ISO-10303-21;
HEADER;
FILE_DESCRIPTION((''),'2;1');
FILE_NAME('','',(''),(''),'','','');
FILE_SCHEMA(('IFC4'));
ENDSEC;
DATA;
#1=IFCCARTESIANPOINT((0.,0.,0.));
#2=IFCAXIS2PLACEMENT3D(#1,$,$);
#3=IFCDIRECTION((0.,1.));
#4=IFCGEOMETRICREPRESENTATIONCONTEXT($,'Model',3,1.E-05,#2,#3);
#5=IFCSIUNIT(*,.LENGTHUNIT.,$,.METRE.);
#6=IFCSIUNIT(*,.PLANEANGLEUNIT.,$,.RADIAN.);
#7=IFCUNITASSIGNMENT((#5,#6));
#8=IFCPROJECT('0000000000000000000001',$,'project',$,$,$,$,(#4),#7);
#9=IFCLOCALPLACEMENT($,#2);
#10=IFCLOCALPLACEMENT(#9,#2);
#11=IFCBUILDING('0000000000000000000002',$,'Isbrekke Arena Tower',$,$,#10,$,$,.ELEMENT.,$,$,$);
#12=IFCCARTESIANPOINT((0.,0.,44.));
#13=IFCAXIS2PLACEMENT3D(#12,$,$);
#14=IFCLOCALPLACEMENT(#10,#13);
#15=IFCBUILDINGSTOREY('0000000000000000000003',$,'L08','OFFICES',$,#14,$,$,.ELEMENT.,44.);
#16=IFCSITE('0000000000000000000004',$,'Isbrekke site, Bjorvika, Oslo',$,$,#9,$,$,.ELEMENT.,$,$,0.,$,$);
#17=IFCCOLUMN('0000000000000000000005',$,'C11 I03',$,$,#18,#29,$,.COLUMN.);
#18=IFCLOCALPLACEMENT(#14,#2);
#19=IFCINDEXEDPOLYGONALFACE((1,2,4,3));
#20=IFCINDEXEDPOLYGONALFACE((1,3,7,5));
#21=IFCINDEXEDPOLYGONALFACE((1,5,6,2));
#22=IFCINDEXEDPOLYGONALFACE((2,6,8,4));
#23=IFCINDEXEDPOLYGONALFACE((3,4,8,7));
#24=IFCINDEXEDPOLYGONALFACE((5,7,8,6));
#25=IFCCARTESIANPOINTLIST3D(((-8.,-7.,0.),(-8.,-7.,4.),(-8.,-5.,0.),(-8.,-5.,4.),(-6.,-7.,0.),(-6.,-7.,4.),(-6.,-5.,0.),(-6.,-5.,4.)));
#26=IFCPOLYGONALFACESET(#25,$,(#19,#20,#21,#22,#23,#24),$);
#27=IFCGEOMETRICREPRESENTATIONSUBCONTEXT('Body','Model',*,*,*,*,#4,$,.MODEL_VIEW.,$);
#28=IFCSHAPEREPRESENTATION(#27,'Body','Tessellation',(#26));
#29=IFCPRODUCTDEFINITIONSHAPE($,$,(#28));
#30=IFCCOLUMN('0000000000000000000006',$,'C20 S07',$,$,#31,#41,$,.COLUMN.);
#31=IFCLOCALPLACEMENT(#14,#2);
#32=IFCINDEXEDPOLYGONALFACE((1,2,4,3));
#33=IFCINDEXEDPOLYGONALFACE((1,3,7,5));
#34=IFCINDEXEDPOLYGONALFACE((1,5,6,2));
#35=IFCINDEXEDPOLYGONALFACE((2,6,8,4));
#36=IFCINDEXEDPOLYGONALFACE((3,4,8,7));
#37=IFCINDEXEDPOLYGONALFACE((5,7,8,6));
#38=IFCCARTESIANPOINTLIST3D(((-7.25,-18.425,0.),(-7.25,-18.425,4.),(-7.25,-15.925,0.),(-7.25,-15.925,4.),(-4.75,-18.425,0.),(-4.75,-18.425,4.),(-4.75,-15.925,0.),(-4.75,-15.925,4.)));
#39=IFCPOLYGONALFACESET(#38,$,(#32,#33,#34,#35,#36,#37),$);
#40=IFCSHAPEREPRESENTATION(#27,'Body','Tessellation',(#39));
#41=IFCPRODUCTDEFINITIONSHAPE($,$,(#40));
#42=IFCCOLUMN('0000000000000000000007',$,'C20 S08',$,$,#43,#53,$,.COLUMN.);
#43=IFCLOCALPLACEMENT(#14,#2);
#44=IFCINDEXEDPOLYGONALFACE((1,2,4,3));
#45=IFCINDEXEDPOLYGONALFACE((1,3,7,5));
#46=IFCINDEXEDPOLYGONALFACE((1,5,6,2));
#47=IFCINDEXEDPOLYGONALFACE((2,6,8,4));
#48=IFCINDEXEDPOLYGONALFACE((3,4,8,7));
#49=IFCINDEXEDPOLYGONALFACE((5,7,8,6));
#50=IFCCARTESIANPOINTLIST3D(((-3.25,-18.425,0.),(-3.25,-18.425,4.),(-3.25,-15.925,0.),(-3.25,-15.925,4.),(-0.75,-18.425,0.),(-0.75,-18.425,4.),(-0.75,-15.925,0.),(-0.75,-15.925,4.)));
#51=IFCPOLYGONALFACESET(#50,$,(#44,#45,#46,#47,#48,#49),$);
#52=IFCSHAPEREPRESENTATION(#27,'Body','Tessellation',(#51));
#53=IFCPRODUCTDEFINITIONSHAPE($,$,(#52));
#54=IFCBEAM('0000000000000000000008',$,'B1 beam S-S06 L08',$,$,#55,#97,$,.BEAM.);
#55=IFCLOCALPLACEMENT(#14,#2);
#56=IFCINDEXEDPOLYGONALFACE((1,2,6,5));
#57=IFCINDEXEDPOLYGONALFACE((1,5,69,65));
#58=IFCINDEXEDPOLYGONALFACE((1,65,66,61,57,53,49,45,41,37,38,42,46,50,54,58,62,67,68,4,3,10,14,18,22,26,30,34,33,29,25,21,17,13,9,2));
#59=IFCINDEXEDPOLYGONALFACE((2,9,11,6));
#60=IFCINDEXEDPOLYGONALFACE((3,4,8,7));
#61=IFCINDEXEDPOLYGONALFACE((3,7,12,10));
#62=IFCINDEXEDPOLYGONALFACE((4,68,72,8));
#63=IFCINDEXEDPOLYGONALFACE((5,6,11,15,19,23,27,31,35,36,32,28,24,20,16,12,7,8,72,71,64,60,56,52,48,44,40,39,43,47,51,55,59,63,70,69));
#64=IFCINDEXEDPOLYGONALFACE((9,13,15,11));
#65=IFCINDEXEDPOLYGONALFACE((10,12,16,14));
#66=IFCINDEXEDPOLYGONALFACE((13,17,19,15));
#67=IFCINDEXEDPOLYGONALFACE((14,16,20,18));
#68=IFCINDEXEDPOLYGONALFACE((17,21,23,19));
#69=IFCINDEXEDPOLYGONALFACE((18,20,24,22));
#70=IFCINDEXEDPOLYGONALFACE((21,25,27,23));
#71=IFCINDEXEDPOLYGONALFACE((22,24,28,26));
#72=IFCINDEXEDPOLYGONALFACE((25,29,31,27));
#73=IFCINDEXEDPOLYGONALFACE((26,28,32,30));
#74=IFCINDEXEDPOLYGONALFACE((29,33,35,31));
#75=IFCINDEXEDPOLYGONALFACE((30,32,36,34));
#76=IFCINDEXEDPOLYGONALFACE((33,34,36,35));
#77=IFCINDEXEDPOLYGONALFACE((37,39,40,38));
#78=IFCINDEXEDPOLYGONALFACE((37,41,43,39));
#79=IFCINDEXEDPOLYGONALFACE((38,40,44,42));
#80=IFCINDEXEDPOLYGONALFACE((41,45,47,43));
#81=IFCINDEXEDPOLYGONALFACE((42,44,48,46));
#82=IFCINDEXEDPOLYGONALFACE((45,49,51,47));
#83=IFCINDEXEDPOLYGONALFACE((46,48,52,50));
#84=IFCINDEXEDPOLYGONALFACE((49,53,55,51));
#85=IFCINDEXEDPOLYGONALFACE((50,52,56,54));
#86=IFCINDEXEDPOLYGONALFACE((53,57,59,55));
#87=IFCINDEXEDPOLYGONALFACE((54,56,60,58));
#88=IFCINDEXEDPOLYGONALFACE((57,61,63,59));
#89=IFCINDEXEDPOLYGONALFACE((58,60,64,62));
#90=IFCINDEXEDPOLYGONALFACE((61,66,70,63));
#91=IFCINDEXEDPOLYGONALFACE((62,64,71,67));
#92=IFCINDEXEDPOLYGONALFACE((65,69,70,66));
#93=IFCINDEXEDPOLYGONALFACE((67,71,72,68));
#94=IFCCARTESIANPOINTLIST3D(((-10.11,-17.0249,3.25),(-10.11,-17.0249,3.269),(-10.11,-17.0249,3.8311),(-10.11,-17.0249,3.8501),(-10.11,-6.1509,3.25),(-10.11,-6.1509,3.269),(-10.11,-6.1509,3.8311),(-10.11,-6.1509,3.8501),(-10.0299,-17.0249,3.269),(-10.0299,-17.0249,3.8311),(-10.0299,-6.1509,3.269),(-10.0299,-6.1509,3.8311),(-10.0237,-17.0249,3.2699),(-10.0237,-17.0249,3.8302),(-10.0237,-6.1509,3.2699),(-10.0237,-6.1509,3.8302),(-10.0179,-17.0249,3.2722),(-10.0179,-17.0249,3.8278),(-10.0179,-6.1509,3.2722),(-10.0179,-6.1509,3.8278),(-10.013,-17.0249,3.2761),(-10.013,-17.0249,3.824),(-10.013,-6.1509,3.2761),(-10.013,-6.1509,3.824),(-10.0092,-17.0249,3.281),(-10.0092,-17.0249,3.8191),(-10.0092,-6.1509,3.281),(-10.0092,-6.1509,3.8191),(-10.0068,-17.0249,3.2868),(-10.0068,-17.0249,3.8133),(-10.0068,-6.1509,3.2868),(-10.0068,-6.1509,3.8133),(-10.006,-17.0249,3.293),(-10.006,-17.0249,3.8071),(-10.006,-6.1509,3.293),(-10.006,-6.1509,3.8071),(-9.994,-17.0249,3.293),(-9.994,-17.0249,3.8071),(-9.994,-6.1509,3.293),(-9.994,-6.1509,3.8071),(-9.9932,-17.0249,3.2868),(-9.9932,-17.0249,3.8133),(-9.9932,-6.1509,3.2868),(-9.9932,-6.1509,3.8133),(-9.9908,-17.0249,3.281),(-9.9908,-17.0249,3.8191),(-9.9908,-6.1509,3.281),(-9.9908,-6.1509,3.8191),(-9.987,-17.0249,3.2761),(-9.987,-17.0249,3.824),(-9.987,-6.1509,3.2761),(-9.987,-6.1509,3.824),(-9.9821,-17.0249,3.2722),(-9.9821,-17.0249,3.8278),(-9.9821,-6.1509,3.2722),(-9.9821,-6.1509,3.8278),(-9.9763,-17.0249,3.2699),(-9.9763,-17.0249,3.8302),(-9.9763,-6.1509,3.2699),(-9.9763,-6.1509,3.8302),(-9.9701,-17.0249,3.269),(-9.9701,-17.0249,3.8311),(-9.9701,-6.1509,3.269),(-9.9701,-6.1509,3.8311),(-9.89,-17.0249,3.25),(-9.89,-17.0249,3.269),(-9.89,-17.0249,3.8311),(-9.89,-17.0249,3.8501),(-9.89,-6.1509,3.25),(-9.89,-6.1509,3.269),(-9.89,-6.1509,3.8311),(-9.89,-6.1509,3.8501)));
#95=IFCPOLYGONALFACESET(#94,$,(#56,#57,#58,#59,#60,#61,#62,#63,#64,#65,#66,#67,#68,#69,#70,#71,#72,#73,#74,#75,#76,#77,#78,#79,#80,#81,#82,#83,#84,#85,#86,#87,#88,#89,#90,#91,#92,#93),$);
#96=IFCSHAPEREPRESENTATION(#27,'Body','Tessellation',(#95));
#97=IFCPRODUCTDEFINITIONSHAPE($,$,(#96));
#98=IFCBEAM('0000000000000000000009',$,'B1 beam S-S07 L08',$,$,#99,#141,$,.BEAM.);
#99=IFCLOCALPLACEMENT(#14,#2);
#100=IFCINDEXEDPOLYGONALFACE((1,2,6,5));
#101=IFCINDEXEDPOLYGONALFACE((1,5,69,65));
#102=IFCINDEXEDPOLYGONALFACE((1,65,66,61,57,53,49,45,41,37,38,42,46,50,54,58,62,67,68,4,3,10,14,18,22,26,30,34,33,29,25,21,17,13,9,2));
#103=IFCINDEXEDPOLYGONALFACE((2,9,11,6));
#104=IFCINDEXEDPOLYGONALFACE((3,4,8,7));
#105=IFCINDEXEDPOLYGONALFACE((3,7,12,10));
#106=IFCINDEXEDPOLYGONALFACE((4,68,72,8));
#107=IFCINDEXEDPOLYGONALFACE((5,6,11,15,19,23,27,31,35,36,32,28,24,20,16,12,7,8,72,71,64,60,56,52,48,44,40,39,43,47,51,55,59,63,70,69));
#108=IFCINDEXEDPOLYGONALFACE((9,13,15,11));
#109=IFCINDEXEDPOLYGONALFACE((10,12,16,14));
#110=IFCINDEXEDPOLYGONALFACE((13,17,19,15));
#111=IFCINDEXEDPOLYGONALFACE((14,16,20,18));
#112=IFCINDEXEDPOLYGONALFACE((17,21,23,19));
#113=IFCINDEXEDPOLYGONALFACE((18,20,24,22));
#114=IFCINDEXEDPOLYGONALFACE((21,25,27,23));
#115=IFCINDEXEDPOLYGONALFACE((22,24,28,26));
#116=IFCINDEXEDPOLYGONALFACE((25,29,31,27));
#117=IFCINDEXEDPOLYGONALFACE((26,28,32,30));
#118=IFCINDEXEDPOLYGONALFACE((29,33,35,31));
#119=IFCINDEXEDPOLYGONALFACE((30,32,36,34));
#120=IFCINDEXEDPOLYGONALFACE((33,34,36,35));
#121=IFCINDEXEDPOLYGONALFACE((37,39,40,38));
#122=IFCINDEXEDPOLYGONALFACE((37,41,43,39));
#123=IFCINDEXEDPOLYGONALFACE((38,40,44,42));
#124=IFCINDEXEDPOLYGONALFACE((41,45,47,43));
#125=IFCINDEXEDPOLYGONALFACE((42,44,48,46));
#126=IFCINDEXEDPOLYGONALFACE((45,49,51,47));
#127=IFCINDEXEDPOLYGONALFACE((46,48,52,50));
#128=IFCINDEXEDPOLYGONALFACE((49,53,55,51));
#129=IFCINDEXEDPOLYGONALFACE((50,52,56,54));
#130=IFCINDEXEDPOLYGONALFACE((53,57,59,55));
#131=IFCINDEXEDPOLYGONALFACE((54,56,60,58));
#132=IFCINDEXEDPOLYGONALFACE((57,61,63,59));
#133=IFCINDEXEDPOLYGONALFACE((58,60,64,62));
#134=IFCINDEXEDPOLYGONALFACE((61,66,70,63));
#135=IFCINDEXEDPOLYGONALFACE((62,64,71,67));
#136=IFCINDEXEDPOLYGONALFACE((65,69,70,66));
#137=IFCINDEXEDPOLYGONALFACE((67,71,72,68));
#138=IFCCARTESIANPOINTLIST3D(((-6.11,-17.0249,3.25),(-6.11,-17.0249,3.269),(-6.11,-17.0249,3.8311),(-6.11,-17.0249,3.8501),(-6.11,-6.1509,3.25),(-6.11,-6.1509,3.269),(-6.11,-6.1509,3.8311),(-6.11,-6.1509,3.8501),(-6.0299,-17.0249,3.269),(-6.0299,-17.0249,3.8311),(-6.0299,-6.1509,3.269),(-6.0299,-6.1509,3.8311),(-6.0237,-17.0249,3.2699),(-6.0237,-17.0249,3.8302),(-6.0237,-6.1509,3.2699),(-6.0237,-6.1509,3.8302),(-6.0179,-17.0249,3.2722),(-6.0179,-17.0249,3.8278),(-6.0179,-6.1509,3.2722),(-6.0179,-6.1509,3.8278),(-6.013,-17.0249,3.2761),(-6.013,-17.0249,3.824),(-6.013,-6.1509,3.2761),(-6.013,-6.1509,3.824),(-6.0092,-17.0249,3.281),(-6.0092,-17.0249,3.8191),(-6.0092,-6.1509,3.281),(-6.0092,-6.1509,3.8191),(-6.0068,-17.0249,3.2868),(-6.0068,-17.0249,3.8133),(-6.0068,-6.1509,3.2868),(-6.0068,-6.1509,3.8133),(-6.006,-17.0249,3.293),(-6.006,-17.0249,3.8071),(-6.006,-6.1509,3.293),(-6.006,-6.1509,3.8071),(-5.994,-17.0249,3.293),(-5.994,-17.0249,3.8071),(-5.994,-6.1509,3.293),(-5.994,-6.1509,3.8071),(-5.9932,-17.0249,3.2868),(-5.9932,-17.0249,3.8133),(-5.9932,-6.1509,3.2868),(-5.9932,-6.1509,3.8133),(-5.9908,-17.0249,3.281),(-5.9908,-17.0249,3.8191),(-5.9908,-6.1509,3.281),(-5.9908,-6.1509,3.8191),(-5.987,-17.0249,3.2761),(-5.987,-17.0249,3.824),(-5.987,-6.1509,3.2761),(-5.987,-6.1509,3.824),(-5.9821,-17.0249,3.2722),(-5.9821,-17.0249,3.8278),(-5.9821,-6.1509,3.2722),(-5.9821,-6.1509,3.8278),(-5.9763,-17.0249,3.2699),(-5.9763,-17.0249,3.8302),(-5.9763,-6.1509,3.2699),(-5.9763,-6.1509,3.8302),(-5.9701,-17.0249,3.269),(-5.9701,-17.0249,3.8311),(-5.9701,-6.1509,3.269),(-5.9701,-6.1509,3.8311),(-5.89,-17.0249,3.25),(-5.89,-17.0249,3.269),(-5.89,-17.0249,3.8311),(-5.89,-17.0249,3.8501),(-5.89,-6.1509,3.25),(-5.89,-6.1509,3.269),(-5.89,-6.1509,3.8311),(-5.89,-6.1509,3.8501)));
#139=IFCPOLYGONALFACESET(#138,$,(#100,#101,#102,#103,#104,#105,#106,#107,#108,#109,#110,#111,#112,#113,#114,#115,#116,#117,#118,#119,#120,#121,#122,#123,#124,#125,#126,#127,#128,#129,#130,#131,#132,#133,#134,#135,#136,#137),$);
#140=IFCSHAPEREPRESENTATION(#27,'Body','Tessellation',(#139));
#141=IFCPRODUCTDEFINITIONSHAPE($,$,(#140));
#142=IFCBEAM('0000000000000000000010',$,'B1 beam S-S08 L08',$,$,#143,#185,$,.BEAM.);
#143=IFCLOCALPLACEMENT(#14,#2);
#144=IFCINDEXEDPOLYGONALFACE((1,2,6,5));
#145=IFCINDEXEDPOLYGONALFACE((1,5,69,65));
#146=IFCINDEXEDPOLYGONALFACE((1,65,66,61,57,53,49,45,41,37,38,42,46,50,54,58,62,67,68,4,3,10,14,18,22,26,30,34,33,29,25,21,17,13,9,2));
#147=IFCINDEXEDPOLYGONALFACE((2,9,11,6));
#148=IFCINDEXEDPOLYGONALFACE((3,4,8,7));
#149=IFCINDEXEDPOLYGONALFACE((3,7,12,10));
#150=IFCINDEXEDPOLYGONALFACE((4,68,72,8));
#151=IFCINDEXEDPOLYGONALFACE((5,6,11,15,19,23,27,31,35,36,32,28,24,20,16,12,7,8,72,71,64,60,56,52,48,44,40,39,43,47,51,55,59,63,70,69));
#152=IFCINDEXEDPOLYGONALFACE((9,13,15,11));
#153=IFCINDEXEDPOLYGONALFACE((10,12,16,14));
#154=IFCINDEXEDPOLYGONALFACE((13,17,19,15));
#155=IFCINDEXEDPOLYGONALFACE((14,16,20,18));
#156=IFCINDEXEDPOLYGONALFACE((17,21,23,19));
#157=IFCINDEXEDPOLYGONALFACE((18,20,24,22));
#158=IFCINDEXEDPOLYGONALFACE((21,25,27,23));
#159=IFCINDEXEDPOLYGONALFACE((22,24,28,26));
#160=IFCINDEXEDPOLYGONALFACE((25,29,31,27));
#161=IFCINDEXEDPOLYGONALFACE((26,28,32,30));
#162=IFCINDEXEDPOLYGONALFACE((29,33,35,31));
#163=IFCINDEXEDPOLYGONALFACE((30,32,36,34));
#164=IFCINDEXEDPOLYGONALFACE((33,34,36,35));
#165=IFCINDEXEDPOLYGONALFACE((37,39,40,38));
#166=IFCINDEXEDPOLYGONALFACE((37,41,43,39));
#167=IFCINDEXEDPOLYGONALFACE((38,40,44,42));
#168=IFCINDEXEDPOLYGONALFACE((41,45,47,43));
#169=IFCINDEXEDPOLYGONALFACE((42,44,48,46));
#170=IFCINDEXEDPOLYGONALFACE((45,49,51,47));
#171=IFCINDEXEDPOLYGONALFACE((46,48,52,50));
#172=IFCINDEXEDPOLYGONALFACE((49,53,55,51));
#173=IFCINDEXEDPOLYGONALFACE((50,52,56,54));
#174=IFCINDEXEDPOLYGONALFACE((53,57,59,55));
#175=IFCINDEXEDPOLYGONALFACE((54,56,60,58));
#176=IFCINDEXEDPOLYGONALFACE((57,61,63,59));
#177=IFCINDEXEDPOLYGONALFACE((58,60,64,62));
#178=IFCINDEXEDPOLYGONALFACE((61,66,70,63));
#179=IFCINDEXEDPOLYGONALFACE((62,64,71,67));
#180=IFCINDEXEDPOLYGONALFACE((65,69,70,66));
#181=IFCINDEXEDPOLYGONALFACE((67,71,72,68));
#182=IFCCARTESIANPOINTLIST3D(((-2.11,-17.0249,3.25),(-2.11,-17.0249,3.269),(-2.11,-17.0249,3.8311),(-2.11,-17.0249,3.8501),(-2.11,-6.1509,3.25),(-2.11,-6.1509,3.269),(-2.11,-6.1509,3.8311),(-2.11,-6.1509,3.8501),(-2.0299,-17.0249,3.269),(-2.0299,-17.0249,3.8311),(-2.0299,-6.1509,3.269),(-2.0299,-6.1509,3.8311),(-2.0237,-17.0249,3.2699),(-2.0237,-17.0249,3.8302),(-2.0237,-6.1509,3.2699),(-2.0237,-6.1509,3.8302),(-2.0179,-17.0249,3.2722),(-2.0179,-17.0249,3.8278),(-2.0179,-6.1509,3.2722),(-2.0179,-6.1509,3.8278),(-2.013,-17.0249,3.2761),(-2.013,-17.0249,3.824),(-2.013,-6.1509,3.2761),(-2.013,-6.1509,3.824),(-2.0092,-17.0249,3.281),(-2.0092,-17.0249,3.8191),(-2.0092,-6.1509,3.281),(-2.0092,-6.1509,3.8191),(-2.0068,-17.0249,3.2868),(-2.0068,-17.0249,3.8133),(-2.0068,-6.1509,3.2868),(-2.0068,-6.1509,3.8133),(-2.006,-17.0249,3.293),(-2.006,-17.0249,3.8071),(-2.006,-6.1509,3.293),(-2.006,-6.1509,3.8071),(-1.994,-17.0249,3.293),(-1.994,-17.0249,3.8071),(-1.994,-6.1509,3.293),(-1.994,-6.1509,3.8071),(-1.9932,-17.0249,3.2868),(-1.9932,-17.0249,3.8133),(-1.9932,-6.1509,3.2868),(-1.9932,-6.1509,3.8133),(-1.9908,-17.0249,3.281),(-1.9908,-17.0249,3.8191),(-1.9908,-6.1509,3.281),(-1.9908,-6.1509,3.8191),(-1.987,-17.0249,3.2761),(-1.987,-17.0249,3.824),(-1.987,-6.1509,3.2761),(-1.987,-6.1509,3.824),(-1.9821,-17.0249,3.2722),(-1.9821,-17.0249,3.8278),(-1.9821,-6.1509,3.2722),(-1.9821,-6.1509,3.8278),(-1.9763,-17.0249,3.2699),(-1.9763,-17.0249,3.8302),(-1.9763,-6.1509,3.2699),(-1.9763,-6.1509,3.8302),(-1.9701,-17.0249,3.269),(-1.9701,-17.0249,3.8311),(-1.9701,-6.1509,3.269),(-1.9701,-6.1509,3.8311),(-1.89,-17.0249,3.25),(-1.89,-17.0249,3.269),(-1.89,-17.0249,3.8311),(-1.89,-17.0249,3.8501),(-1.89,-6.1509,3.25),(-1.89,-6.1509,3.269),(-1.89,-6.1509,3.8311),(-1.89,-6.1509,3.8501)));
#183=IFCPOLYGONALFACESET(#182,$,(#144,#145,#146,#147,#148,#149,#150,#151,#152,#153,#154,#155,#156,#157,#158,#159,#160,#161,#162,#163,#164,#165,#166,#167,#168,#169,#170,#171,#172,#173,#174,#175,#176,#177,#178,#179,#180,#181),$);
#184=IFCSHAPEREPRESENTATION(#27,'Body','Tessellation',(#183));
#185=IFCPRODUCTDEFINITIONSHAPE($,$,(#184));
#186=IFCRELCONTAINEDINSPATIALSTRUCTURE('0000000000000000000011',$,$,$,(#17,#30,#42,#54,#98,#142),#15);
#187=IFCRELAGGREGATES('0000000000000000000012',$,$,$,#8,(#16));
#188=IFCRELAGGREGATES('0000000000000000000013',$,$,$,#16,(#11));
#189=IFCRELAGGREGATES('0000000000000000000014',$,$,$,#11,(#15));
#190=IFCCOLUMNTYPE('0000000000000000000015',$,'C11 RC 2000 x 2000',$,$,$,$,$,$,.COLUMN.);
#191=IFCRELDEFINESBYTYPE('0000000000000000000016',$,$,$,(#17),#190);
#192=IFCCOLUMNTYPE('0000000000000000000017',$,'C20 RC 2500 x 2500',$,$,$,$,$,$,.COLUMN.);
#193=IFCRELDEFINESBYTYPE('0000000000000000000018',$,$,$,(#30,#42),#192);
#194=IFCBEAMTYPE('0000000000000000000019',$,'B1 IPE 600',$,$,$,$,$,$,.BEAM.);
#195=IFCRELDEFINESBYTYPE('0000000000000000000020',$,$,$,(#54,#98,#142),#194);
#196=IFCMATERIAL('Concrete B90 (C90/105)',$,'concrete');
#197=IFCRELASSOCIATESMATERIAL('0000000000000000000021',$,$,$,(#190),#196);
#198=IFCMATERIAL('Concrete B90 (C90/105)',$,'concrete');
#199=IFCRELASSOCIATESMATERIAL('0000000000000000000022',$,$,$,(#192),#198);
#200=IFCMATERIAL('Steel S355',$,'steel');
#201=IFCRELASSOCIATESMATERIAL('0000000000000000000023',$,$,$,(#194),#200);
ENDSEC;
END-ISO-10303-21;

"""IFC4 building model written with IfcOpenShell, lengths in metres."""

from ifc_helpers import new_model, si_unit, direction, frame, origin, origin_2d, place, context, subcontext, project, spatial, rectangle, i_section, extrude, material, material_profile, profile_set, type_object, element, save


model = new_model("IFC4")

# Units and contexts
model_context = context("Model", 3, precision=1e-05, world=origin(), true_north=direction((0.0, 1.0)))
body_context = subcontext(model_context, "Body", "Model", "MODEL_VIEW")
ifc_project = project(units=[si_unit("LENGTHUNIT", "METRE"), si_unit("PLANEANGLEUNIT", "RADIAN")], contexts=[model_context])

# Site, building, storey
site_placement = place(None, origin())
site = spatial("IfcSite", under=ifc_project, at=site_placement, Name="Isbrekke site, Bjorvika, Oslo", CompositionType="ELEMENT", RefElevation=0.0)
building_placement = place(site_placement, origin())
building = spatial("IfcBuilding", under=site, at=building_placement, Name="Isbrekke Arena Tower", CompositionType="ELEMENT")
storey_placement = place(building_placement, frame((0.0, 0.0, 44.0)))
storey = spatial("IfcBuildingStorey", under=building, at=storey_placement, Name="L08", Description="OFFICES", CompositionType="ELEMENT", Elevation=44.0)

# Columns
ifc_material_1 = material(Name="Concrete B90 (C90/105)", Category="concrete")
ifc_material_profile_1 = material_profile(ifc_material_1, rectangle(XDim=2.0, YDim=2.0, at=origin_2d()), Name="RC 2000x2000")
ifc_profile_set_1 = profile_set([ifc_material_profile_1], Name="Concrete B90 (C90/105)")
column_type_1 = type_object("IfcColumnType", Name="C11 RC 2000 x 2000", PredefinedType="COLUMN", material=ifc_profile_set_1)
column_placement = place(storey_placement, frame((-7.0, -6.0, 0.0), z_axis=(0.0, 0.0, 1.0), x_axis=(1.0, 0.0, 0.0)))
element("IfcColumn", 1, at=column_placement, inside=storey, type_object=column_type_1, Name="C11 I03", PredefinedType="COLUMN", context=body_context, shape_type="SweptSolid", body=[
    extrude(rectangle(XDim=2.0, YDim=2.0, at=origin_2d()), origin(), (0.0, 0.0, 1.0), 4.0),
])
ifc_material_2 = material(Name="Concrete B90 (C90/105)", Category="concrete")
ifc_material_profile_2 = material_profile(ifc_material_2, rectangle(XDim=2.5, YDim=2.5, at=origin_2d()), Name="RC 2500x2500")
ifc_profile_set_2 = profile_set([ifc_material_profile_2], Name="Concrete B90 (C90/105)")
column_type_2 = type_object("IfcColumnType", Name="C20 RC 2500 x 2500", PredefinedType="COLUMN", material=ifc_profile_set_2)
for number, where, z_axis, x_axis, name in (
    (2, (-6.0, -17.175, 0.0), (0.0, 0.0, 1.0), (1.0, 0.0, 0.0), "C20 S07"),
    (3, (-2.0, -17.175, 0.0), (0.0, 0.0, 1.0), (1.0, 0.0, 0.0), "C20 S08"),
):
    element("IfcColumn", number, at=place(storey_placement, frame(where, z_axis=z_axis, x_axis=x_axis)), inside=storey, type_object=column_type_2, Name=name, PredefinedType="COLUMN", context=body_context, shape_type="SweptSolid", body=[
        extrude(rectangle(XDim=2.5, YDim=2.5, at=origin_2d()), origin(), (0.0, 0.0, 1.0), 4.0),
    ])

# Beams
ifc_material_3 = material(Name="Steel S355", Category="steel")
ifc_material_profile_3 = material_profile(ifc_material_3, i_section(OverallWidth=0.22, OverallDepth=0.6001, WebThickness=0.012, FlangeThickness=0.019, FilletRadius=0.0239, at=origin_2d()), Name="IPE 600")
ifc_profile_set_3 = profile_set([ifc_material_profile_3], Name="Steel S355")
beam_type_1 = type_object("IfcBeamType", Name="B1 IPE 600", PredefinedType="BEAM", material=ifc_profile_set_3)
for number, where, z_axis, x_axis, name in (
    (4, (-10.0, -17.0249, 3.55), (0.0, 1.0, 0.0), (-1.0, 0.0, 0.0), "B1 beam S-S06 L08"),
    (5, (-6.0, -17.0249, 3.55), (0.0, 1.0, 0.0), (-1.0, 0.0, 0.0), "B1 beam S-S07 L08"),
    (6, (-2.0, -17.0249, 3.55), (0.0, 1.0, 0.0), (-1.0, 0.0, 0.0), "B1 beam S-S08 L08"),
):
    element("IfcBeam", number, at=place(storey_placement, frame(where, z_axis=z_axis, x_axis=x_axis)), inside=storey, type_object=beam_type_1, Name=name, PredefinedType="BEAM", context=body_context, shape_type="SweptSolid", body=[
        extrude(i_section(OverallWidth=0.22, OverallDepth=0.6001, WebThickness=0.012, FlangeThickness=0.019, FilletRadius=0.0239, at=origin_2d()), origin(), (0.0, 0.0, 1.0), 10.874),
    ])

save(model, "model.ifc")
